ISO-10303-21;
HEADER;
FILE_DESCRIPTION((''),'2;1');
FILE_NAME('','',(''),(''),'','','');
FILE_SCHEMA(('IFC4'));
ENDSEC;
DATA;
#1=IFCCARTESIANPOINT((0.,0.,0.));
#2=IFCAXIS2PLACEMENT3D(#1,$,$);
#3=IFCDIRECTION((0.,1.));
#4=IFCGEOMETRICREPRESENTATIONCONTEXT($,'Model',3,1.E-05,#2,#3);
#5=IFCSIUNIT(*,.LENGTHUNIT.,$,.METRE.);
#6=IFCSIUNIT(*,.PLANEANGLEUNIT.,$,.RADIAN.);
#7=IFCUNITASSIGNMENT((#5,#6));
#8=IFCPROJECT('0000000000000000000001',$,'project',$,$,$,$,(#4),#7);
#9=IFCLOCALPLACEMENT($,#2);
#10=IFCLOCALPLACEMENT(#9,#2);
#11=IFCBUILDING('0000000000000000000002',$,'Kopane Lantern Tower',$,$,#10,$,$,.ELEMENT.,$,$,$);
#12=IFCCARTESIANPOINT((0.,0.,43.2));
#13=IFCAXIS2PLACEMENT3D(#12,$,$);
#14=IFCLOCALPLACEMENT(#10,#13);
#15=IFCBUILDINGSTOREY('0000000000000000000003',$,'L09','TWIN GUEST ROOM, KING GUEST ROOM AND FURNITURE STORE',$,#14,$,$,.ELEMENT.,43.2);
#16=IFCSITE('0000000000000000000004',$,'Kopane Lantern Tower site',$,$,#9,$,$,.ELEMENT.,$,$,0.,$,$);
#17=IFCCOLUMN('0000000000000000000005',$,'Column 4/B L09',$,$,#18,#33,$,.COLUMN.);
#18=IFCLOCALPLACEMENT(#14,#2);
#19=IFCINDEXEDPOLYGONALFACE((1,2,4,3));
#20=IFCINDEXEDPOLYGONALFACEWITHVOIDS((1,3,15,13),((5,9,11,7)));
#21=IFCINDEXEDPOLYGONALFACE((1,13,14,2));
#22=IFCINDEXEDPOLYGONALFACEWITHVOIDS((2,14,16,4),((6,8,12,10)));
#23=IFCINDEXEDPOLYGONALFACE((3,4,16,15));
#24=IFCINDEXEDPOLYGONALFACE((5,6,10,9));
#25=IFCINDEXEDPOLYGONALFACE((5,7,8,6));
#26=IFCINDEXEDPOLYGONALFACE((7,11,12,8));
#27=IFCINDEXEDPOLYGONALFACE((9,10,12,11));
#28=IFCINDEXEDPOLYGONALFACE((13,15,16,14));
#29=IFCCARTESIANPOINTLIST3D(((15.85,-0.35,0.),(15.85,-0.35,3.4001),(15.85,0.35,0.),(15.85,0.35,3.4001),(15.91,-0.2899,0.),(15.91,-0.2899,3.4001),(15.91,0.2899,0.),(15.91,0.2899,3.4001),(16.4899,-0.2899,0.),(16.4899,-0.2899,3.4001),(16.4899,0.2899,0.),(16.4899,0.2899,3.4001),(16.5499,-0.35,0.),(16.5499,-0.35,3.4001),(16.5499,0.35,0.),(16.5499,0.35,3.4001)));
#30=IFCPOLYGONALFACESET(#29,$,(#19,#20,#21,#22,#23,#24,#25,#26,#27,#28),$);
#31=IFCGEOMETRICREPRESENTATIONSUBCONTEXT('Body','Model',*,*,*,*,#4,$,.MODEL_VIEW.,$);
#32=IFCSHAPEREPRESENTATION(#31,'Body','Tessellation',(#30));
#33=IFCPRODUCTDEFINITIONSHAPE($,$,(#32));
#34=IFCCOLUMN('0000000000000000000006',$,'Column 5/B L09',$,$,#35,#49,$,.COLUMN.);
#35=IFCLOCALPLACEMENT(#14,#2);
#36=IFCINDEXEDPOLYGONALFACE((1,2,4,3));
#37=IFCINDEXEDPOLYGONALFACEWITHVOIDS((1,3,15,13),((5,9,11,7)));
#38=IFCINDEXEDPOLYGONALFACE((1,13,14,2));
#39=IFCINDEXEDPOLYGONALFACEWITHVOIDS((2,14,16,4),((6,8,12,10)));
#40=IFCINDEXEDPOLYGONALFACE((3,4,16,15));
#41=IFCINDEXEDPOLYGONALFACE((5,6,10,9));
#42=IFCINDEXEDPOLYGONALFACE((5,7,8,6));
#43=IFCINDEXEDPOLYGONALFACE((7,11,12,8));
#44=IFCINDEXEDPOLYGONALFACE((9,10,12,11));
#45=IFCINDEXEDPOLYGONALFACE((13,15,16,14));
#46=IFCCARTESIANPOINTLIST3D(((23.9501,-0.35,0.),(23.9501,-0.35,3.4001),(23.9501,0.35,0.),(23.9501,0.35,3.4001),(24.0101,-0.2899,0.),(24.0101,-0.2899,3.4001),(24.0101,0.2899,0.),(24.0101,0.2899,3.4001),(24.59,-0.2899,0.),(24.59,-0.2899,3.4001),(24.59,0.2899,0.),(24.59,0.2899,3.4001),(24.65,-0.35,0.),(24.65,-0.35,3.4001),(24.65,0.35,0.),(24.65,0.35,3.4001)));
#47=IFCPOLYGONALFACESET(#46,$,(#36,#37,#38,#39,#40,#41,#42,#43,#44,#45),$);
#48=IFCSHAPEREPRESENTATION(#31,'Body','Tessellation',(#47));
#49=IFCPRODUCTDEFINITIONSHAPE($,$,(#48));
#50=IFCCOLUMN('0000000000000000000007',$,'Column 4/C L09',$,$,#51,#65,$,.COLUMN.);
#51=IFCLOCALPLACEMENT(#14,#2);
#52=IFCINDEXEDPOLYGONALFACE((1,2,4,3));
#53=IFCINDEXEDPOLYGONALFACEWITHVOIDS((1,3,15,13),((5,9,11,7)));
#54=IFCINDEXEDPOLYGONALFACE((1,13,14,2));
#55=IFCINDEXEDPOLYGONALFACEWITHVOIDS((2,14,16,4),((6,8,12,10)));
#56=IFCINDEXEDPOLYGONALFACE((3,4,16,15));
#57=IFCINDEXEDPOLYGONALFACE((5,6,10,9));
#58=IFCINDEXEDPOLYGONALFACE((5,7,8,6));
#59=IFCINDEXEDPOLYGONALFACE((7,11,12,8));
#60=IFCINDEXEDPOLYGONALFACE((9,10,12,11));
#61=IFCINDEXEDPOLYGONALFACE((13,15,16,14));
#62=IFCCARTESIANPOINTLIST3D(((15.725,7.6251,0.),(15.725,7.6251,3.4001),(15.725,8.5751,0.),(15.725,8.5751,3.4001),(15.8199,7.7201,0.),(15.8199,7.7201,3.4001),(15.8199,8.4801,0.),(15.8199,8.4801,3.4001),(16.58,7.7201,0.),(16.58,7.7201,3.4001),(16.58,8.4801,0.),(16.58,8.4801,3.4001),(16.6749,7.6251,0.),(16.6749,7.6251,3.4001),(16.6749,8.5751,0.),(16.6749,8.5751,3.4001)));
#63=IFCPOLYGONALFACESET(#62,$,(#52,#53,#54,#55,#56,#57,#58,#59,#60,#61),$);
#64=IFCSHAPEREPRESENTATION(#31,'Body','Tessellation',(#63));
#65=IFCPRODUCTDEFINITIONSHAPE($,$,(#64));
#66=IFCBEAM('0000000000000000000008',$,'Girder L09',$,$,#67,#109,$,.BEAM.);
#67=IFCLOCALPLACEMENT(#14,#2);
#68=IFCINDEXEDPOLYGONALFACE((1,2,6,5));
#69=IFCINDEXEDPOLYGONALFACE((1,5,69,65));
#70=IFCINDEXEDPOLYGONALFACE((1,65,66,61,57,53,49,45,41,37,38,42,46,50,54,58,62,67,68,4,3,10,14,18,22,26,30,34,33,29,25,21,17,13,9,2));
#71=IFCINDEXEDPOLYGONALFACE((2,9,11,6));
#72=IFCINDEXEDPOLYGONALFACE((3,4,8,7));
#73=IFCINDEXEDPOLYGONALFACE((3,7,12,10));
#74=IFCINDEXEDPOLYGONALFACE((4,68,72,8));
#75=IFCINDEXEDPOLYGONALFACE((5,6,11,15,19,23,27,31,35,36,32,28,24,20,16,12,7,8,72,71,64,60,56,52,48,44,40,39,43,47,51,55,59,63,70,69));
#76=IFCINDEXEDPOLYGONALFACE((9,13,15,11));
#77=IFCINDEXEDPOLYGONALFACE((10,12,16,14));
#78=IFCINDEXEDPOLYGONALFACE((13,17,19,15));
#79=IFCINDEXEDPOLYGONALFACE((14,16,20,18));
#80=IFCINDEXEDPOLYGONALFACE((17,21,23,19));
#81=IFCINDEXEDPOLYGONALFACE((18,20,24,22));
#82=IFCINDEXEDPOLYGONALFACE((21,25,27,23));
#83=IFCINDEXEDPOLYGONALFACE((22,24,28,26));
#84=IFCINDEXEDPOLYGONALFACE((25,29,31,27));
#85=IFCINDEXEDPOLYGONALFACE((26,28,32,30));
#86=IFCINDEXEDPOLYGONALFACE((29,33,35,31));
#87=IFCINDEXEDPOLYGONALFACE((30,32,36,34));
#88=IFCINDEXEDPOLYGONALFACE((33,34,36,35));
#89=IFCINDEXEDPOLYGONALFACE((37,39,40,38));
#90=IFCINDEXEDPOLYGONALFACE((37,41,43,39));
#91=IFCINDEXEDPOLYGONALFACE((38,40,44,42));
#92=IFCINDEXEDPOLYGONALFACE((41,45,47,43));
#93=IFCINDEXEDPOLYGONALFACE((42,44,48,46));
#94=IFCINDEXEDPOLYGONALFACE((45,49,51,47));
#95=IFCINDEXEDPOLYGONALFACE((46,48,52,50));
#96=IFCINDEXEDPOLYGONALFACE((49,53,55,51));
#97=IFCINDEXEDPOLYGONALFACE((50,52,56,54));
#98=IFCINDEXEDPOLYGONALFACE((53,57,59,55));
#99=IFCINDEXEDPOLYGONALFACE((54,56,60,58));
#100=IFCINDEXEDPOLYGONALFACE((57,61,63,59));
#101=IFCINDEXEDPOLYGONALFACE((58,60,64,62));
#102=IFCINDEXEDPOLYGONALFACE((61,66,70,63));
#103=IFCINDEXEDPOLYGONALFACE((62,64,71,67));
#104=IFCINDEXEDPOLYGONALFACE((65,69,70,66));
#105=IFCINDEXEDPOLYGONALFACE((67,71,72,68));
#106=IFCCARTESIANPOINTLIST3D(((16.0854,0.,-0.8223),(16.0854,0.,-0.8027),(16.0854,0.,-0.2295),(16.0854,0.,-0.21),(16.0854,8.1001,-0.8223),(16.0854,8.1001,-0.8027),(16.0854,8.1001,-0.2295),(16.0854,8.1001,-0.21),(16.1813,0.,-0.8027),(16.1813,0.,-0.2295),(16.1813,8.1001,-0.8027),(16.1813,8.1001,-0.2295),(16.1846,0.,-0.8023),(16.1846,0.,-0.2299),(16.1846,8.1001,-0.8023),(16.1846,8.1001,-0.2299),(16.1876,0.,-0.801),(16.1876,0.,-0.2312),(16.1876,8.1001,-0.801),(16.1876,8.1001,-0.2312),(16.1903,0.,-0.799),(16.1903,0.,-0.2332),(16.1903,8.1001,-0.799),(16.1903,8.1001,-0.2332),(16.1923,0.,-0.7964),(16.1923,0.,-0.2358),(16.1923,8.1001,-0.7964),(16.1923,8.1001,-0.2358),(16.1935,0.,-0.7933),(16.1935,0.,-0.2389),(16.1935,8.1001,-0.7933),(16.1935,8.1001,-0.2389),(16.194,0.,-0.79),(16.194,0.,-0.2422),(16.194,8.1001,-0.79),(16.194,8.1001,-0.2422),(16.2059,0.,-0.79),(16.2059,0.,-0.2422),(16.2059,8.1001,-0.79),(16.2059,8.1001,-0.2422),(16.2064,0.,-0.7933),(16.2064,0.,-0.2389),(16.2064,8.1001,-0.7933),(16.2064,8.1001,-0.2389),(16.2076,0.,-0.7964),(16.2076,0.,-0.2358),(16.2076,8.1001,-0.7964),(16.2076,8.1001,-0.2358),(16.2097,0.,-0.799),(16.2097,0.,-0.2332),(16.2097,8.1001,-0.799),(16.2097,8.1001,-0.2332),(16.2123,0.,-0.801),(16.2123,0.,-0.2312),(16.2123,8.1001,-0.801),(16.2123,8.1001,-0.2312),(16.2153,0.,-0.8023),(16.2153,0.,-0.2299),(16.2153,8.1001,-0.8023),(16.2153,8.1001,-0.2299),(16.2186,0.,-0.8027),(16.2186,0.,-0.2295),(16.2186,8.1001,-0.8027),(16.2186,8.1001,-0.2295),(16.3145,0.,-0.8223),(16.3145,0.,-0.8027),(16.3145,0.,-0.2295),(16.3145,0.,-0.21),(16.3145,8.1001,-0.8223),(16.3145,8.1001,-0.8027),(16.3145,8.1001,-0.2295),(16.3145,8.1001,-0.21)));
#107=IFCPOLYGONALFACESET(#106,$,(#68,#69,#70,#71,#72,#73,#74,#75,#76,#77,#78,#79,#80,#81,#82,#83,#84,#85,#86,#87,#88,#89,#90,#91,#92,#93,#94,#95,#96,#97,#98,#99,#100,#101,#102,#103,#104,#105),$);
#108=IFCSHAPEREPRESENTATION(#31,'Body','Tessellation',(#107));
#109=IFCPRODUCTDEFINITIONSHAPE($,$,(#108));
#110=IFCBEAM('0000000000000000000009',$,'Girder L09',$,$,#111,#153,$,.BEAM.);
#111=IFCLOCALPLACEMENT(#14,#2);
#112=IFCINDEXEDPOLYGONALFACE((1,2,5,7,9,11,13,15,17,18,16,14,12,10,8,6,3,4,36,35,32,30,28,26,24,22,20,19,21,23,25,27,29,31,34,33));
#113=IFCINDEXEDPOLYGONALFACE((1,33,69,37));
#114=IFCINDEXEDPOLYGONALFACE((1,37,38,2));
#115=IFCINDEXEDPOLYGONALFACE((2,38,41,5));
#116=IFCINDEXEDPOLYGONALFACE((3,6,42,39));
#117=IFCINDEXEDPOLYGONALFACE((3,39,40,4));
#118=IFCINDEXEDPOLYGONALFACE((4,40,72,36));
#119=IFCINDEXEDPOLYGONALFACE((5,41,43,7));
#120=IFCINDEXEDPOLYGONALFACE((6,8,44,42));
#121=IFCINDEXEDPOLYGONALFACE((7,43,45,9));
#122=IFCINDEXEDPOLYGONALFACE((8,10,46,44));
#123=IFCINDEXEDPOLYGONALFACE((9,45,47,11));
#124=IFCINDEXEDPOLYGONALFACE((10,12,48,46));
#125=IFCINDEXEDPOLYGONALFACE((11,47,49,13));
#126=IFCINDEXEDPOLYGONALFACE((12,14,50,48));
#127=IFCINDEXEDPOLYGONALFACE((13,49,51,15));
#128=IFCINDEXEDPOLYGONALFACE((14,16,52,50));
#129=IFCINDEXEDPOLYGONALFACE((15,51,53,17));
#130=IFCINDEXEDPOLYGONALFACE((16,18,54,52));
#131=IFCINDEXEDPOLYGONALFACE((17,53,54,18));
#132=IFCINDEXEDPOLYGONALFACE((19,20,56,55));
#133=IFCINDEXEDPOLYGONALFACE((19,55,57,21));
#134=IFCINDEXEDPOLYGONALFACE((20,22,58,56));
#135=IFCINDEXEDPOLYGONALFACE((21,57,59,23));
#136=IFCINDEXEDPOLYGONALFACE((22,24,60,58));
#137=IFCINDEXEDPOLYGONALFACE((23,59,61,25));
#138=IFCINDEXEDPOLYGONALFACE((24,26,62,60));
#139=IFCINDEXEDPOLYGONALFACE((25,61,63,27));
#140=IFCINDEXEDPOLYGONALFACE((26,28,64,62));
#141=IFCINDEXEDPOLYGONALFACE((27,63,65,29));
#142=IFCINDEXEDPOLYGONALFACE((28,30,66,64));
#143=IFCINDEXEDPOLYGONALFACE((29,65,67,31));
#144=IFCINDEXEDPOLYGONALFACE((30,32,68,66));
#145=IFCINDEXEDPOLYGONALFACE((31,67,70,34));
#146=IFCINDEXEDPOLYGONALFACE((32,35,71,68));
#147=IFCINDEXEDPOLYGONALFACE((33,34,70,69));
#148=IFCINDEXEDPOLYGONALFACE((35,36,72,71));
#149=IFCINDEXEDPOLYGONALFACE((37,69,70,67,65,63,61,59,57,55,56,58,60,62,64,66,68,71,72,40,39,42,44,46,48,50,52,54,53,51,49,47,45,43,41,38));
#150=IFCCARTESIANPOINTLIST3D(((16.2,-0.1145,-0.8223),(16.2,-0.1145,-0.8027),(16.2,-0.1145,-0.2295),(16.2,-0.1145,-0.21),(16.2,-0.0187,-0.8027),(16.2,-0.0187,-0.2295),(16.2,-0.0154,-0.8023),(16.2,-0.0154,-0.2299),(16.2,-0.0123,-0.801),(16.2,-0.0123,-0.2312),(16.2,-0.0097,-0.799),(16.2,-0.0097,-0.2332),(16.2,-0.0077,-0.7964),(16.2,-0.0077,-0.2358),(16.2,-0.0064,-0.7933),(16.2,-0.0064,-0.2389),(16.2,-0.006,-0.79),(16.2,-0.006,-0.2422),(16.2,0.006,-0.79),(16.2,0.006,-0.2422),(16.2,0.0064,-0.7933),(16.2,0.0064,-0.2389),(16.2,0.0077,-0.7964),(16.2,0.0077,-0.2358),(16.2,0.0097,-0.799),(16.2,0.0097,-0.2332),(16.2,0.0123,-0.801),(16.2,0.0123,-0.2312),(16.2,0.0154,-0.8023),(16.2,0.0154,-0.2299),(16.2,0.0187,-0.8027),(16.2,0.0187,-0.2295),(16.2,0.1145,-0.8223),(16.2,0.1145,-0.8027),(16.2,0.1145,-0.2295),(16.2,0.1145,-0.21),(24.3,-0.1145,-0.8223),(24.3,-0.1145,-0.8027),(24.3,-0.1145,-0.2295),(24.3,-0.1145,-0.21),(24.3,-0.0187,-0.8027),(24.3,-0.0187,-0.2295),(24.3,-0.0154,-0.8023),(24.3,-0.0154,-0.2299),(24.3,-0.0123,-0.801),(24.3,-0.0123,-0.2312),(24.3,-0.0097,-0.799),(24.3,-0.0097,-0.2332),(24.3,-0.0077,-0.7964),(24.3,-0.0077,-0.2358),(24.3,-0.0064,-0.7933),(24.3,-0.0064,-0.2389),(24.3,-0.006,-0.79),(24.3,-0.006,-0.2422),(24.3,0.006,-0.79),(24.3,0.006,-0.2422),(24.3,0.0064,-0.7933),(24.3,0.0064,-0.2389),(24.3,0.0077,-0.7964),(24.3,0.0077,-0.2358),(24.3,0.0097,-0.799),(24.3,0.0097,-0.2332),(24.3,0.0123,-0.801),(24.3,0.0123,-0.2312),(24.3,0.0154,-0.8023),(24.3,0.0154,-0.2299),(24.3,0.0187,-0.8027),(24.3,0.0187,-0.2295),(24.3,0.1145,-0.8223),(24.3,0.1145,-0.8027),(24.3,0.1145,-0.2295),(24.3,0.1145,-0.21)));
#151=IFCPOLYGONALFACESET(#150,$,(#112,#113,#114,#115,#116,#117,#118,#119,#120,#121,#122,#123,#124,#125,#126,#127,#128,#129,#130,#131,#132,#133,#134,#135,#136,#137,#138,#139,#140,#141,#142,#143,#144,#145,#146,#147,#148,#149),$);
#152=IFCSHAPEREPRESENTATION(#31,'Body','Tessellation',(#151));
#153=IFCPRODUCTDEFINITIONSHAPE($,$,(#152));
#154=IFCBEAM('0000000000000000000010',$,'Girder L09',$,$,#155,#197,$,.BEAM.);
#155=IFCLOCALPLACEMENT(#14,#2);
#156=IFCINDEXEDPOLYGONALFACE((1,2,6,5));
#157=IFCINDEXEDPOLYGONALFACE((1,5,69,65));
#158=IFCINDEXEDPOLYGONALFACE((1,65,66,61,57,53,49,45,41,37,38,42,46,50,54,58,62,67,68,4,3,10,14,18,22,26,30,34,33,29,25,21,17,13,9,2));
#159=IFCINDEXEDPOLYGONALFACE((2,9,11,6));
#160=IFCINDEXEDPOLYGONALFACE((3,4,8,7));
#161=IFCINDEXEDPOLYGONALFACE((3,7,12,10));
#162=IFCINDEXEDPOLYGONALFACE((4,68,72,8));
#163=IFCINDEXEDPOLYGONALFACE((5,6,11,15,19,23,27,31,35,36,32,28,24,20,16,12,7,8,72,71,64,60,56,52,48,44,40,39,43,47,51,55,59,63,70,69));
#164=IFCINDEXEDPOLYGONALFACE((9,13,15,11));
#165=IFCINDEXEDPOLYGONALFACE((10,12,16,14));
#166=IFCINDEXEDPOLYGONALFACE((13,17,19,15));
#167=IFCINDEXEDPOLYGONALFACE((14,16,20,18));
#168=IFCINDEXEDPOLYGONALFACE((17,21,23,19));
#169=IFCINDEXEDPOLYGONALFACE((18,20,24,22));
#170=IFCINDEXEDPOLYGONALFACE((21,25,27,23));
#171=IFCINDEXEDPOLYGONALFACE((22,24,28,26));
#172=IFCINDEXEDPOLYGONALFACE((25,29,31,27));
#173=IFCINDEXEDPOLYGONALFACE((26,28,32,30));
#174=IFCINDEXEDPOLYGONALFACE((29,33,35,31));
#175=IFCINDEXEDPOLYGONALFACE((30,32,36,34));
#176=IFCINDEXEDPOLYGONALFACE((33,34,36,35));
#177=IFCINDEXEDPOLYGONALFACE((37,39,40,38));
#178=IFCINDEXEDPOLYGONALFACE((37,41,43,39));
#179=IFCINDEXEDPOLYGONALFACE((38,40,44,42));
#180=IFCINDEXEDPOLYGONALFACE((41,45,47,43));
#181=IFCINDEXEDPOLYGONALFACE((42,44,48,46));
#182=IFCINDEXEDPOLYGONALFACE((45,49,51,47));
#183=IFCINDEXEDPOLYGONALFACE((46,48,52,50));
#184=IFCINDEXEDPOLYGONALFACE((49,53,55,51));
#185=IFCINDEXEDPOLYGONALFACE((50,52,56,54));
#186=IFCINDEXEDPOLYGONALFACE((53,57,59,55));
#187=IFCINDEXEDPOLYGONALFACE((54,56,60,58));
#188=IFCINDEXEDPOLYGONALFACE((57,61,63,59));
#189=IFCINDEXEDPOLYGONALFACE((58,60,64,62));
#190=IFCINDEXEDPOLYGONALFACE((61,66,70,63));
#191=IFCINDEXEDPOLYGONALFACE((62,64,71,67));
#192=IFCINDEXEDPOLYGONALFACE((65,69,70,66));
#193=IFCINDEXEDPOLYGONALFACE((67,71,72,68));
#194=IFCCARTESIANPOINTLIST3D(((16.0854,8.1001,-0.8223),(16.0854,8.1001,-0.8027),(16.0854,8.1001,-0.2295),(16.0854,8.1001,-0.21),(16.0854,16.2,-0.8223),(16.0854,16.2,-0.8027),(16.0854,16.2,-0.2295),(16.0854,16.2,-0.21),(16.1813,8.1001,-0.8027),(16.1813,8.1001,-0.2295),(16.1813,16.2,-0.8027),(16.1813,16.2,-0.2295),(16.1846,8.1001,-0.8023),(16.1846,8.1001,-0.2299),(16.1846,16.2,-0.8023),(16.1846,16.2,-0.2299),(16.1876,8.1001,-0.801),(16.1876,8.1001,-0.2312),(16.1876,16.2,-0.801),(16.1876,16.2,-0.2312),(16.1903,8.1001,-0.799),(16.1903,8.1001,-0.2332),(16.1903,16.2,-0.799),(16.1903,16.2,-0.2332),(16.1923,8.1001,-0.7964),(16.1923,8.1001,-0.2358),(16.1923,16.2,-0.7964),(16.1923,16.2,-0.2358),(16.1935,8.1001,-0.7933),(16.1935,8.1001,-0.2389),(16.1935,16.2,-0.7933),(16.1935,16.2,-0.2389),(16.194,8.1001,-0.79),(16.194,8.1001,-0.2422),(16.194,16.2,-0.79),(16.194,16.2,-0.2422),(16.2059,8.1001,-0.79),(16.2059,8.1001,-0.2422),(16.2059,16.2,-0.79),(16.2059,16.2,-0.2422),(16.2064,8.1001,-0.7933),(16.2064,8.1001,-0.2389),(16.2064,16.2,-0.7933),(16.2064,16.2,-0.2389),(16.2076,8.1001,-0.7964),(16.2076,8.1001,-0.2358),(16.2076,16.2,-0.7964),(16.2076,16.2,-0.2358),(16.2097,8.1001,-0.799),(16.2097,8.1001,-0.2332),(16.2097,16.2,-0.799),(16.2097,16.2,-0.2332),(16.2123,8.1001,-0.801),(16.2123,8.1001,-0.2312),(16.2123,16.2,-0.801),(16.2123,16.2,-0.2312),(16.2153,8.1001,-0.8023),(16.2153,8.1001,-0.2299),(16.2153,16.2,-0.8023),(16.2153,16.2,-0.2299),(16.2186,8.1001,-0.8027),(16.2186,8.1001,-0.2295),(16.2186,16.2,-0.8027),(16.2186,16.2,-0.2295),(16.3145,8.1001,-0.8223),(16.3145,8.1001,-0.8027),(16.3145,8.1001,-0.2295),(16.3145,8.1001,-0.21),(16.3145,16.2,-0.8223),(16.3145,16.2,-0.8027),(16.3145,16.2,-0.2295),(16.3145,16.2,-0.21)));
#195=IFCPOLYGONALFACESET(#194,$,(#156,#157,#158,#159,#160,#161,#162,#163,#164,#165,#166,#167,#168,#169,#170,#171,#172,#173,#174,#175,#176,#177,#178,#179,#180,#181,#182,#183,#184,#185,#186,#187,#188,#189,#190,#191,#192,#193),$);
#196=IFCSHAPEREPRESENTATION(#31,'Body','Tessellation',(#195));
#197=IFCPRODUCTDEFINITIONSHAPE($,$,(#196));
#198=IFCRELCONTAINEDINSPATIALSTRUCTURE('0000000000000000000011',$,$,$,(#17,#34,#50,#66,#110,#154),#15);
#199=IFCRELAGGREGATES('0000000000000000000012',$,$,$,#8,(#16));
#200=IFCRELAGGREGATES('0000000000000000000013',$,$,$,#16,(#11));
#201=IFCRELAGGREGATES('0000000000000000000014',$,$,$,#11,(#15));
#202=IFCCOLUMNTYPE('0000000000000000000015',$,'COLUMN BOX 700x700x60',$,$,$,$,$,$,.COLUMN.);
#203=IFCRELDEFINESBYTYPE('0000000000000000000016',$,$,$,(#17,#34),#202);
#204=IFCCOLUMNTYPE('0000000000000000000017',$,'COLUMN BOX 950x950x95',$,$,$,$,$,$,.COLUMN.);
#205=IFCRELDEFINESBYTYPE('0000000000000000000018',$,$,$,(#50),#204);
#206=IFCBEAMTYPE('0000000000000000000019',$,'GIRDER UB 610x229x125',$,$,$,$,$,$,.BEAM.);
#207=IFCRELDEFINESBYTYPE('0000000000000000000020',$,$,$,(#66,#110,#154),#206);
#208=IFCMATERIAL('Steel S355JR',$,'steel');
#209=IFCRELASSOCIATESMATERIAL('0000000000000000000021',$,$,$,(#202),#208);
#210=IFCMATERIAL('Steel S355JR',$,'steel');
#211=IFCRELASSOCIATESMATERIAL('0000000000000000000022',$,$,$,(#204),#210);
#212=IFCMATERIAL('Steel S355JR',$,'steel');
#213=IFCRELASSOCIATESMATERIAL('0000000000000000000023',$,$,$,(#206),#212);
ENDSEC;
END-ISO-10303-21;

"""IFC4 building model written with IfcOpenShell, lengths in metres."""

from ifc_helpers import new_model, si_unit, direction, frame, origin, origin_2d, place, context, subcontext, project, spatial, hollow_rectangle, i_section, extrude, material, material_profile, profile_set, type_object, element, save


model = new_model("IFC4")

# Units and contexts
model_context = context("Model", 3, precision=1e-05, world=origin(), true_north=direction((0.0, 1.0)))
body_context = subcontext(model_context, "Body", "Model", "MODEL_VIEW")
ifc_project = project(units=[si_unit("LENGTHUNIT", "METRE"), si_unit("PLANEANGLEUNIT", "RADIAN")], contexts=[model_context])

# Site, building, storey
site_placement = place(None, origin())
site = spatial("IfcSite", under=ifc_project, at=site_placement, Name="Kopane Lantern Tower site", CompositionType="ELEMENT", RefElevation=0.0)
building_placement = place(site_placement, origin())
building = spatial("IfcBuilding", under=site, at=building_placement, Name="Kopane Lantern Tower", CompositionType="ELEMENT")
storey_placement = place(building_placement, frame((0.0, 0.0, 43.2)))
storey = spatial("IfcBuildingStorey", under=building, at=storey_placement, Name="L09", Description="TWIN GUEST ROOM, KING GUEST ROOM AND FURNITURE STORE", CompositionType="ELEMENT", Elevation=43.2)

# Columns
ifc_material_1 = material(Name="Steel S355JR", Category="steel")
ifc_material_profile_1 = material_profile(ifc_material_1, hollow_rectangle(XDim=0.7, YDim=0.7, WallThickness=0.0601, at=origin_2d()), Name="BOX 700x700x60")
ifc_profile_set_1 = profile_set([ifc_material_profile_1], Name="Steel S355JR")
column_type_1 = type_object("IfcColumnType", Name="COLUMN BOX 700x700x60", PredefinedType="COLUMN", material=ifc_profile_set_1)
for number, where, z_axis, x_axis, name in (
    (1, (16.2, 0.0, 0.0), (0.0, 0.0, 1.0), (1.0, 0.0, 0.0), "Column 4/B L09"),
    (2, (24.3, 0.0, 0.0), (0.0, 0.0, 1.0), (1.0, 0.0, 0.0), "Column 5/B L09"),
):
    element("IfcColumn", number, at=place(storey_placement, frame(where, z_axis=z_axis, x_axis=x_axis)), inside=storey, type_object=column_type_1, Name=name, PredefinedType="COLUMN", context=body_context, shape_type="SweptSolid", body=[
        extrude(hollow_rectangle(XDim=0.7, YDim=0.7, WallThickness=0.0601, at=origin_2d()), origin(), (0.0, 0.0, 1.0), 3.4001),
    ])
ifc_material_2 = material(Name="Steel S355JR", Category="steel")
ifc_material_profile_2 = material_profile(ifc_material_2, hollow_rectangle(XDim=0.95, YDim=0.95, WallThickness=0.095, at=origin_2d()), Name="BOX 950x950x95")
ifc_profile_set_2 = profile_set([ifc_material_profile_2], Name="Steel S355JR")
column_type_2 = type_object("IfcColumnType", Name="COLUMN BOX 950x950x95", PredefinedType="COLUMN", material=ifc_profile_set_2)
column_placement = place(storey_placement, frame((16.2, 8.1001, 0.0), z_axis=(0.0, 0.0, 1.0), x_axis=(1.0, 0.0, 0.0)))
element("IfcColumn", 3, at=column_placement, inside=storey, type_object=column_type_2, Name="Column 4/C L09", PredefinedType="COLUMN", context=body_context, shape_type="SweptSolid", body=[
    extrude(hollow_rectangle(XDim=0.95, YDim=0.95, WallThickness=0.095, at=origin_2d()), origin(), (0.0, 0.0, 1.0), 3.4001),
])

# Beams
ifc_material_3 = material(Name="Steel S355JR", Category="steel")
ifc_material_profile_3 = material_profile(ifc_material_3, i_section(OverallWidth=0.229, OverallDepth=0.6123, WebThickness=0.012, FlangeThickness=0.0195, FilletRadius=0.0127, at=origin_2d()), Name="UB 610x229x125")
ifc_profile_set_3 = profile_set([ifc_material_profile_3], Name="Steel S355JR")
beam_type = type_object("IfcBeamType", Name="GIRDER UB 610x229x125", PredefinedType="BEAM", material=ifc_profile_set_3)
for number, where, z_axis, x_axis, name in (
    (4, (16.2, 0.0, -0.5161), (0.0, 1.0, 0.0), (-1.0, 0.0, 0.0), "Girder L09"),
    (5, (16.2, 0.0, -0.5161), (1.0, 0.0, 0.0), (0.0, 1.0, 0.0), "Girder L09"),
):
    element("IfcBeam", number, at=place(storey_placement, frame(where, z_axis=z_axis, x_axis=x_axis)), inside=storey, type_object=beam_type, Name=name, PredefinedType="BEAM", context=body_context, shape_type="SweptSolid", body=[
        extrude(i_section(OverallWidth=0.229, OverallDepth=0.6123, WebThickness=0.012, FlangeThickness=0.0195, FilletRadius=0.0127, at=origin_2d()), origin(), (0.0, 0.0, 1.0), 8.1001),
    ])
beam_1_placement = place(storey_placement, frame((16.2, 8.1001, -0.5161), z_axis=(0.0, 1.0, 0.0), x_axis=(-1.0, 0.0, 0.0)))
element("IfcBeam", 6, at=beam_1_placement, inside=storey, type_object=beam_type, Name="Girder L09", PredefinedType="BEAM", context=body_context, shape_type="SweptSolid", body=[
    extrude(i_section(OverallWidth=0.229, OverallDepth=0.6123, WebThickness=0.012, FlangeThickness=0.0195, FilletRadius=0.0127, at=origin_2d()), origin(), (0.0, 0.0, 1.0), 8.0999),
])

save(model, "model.ifc")
